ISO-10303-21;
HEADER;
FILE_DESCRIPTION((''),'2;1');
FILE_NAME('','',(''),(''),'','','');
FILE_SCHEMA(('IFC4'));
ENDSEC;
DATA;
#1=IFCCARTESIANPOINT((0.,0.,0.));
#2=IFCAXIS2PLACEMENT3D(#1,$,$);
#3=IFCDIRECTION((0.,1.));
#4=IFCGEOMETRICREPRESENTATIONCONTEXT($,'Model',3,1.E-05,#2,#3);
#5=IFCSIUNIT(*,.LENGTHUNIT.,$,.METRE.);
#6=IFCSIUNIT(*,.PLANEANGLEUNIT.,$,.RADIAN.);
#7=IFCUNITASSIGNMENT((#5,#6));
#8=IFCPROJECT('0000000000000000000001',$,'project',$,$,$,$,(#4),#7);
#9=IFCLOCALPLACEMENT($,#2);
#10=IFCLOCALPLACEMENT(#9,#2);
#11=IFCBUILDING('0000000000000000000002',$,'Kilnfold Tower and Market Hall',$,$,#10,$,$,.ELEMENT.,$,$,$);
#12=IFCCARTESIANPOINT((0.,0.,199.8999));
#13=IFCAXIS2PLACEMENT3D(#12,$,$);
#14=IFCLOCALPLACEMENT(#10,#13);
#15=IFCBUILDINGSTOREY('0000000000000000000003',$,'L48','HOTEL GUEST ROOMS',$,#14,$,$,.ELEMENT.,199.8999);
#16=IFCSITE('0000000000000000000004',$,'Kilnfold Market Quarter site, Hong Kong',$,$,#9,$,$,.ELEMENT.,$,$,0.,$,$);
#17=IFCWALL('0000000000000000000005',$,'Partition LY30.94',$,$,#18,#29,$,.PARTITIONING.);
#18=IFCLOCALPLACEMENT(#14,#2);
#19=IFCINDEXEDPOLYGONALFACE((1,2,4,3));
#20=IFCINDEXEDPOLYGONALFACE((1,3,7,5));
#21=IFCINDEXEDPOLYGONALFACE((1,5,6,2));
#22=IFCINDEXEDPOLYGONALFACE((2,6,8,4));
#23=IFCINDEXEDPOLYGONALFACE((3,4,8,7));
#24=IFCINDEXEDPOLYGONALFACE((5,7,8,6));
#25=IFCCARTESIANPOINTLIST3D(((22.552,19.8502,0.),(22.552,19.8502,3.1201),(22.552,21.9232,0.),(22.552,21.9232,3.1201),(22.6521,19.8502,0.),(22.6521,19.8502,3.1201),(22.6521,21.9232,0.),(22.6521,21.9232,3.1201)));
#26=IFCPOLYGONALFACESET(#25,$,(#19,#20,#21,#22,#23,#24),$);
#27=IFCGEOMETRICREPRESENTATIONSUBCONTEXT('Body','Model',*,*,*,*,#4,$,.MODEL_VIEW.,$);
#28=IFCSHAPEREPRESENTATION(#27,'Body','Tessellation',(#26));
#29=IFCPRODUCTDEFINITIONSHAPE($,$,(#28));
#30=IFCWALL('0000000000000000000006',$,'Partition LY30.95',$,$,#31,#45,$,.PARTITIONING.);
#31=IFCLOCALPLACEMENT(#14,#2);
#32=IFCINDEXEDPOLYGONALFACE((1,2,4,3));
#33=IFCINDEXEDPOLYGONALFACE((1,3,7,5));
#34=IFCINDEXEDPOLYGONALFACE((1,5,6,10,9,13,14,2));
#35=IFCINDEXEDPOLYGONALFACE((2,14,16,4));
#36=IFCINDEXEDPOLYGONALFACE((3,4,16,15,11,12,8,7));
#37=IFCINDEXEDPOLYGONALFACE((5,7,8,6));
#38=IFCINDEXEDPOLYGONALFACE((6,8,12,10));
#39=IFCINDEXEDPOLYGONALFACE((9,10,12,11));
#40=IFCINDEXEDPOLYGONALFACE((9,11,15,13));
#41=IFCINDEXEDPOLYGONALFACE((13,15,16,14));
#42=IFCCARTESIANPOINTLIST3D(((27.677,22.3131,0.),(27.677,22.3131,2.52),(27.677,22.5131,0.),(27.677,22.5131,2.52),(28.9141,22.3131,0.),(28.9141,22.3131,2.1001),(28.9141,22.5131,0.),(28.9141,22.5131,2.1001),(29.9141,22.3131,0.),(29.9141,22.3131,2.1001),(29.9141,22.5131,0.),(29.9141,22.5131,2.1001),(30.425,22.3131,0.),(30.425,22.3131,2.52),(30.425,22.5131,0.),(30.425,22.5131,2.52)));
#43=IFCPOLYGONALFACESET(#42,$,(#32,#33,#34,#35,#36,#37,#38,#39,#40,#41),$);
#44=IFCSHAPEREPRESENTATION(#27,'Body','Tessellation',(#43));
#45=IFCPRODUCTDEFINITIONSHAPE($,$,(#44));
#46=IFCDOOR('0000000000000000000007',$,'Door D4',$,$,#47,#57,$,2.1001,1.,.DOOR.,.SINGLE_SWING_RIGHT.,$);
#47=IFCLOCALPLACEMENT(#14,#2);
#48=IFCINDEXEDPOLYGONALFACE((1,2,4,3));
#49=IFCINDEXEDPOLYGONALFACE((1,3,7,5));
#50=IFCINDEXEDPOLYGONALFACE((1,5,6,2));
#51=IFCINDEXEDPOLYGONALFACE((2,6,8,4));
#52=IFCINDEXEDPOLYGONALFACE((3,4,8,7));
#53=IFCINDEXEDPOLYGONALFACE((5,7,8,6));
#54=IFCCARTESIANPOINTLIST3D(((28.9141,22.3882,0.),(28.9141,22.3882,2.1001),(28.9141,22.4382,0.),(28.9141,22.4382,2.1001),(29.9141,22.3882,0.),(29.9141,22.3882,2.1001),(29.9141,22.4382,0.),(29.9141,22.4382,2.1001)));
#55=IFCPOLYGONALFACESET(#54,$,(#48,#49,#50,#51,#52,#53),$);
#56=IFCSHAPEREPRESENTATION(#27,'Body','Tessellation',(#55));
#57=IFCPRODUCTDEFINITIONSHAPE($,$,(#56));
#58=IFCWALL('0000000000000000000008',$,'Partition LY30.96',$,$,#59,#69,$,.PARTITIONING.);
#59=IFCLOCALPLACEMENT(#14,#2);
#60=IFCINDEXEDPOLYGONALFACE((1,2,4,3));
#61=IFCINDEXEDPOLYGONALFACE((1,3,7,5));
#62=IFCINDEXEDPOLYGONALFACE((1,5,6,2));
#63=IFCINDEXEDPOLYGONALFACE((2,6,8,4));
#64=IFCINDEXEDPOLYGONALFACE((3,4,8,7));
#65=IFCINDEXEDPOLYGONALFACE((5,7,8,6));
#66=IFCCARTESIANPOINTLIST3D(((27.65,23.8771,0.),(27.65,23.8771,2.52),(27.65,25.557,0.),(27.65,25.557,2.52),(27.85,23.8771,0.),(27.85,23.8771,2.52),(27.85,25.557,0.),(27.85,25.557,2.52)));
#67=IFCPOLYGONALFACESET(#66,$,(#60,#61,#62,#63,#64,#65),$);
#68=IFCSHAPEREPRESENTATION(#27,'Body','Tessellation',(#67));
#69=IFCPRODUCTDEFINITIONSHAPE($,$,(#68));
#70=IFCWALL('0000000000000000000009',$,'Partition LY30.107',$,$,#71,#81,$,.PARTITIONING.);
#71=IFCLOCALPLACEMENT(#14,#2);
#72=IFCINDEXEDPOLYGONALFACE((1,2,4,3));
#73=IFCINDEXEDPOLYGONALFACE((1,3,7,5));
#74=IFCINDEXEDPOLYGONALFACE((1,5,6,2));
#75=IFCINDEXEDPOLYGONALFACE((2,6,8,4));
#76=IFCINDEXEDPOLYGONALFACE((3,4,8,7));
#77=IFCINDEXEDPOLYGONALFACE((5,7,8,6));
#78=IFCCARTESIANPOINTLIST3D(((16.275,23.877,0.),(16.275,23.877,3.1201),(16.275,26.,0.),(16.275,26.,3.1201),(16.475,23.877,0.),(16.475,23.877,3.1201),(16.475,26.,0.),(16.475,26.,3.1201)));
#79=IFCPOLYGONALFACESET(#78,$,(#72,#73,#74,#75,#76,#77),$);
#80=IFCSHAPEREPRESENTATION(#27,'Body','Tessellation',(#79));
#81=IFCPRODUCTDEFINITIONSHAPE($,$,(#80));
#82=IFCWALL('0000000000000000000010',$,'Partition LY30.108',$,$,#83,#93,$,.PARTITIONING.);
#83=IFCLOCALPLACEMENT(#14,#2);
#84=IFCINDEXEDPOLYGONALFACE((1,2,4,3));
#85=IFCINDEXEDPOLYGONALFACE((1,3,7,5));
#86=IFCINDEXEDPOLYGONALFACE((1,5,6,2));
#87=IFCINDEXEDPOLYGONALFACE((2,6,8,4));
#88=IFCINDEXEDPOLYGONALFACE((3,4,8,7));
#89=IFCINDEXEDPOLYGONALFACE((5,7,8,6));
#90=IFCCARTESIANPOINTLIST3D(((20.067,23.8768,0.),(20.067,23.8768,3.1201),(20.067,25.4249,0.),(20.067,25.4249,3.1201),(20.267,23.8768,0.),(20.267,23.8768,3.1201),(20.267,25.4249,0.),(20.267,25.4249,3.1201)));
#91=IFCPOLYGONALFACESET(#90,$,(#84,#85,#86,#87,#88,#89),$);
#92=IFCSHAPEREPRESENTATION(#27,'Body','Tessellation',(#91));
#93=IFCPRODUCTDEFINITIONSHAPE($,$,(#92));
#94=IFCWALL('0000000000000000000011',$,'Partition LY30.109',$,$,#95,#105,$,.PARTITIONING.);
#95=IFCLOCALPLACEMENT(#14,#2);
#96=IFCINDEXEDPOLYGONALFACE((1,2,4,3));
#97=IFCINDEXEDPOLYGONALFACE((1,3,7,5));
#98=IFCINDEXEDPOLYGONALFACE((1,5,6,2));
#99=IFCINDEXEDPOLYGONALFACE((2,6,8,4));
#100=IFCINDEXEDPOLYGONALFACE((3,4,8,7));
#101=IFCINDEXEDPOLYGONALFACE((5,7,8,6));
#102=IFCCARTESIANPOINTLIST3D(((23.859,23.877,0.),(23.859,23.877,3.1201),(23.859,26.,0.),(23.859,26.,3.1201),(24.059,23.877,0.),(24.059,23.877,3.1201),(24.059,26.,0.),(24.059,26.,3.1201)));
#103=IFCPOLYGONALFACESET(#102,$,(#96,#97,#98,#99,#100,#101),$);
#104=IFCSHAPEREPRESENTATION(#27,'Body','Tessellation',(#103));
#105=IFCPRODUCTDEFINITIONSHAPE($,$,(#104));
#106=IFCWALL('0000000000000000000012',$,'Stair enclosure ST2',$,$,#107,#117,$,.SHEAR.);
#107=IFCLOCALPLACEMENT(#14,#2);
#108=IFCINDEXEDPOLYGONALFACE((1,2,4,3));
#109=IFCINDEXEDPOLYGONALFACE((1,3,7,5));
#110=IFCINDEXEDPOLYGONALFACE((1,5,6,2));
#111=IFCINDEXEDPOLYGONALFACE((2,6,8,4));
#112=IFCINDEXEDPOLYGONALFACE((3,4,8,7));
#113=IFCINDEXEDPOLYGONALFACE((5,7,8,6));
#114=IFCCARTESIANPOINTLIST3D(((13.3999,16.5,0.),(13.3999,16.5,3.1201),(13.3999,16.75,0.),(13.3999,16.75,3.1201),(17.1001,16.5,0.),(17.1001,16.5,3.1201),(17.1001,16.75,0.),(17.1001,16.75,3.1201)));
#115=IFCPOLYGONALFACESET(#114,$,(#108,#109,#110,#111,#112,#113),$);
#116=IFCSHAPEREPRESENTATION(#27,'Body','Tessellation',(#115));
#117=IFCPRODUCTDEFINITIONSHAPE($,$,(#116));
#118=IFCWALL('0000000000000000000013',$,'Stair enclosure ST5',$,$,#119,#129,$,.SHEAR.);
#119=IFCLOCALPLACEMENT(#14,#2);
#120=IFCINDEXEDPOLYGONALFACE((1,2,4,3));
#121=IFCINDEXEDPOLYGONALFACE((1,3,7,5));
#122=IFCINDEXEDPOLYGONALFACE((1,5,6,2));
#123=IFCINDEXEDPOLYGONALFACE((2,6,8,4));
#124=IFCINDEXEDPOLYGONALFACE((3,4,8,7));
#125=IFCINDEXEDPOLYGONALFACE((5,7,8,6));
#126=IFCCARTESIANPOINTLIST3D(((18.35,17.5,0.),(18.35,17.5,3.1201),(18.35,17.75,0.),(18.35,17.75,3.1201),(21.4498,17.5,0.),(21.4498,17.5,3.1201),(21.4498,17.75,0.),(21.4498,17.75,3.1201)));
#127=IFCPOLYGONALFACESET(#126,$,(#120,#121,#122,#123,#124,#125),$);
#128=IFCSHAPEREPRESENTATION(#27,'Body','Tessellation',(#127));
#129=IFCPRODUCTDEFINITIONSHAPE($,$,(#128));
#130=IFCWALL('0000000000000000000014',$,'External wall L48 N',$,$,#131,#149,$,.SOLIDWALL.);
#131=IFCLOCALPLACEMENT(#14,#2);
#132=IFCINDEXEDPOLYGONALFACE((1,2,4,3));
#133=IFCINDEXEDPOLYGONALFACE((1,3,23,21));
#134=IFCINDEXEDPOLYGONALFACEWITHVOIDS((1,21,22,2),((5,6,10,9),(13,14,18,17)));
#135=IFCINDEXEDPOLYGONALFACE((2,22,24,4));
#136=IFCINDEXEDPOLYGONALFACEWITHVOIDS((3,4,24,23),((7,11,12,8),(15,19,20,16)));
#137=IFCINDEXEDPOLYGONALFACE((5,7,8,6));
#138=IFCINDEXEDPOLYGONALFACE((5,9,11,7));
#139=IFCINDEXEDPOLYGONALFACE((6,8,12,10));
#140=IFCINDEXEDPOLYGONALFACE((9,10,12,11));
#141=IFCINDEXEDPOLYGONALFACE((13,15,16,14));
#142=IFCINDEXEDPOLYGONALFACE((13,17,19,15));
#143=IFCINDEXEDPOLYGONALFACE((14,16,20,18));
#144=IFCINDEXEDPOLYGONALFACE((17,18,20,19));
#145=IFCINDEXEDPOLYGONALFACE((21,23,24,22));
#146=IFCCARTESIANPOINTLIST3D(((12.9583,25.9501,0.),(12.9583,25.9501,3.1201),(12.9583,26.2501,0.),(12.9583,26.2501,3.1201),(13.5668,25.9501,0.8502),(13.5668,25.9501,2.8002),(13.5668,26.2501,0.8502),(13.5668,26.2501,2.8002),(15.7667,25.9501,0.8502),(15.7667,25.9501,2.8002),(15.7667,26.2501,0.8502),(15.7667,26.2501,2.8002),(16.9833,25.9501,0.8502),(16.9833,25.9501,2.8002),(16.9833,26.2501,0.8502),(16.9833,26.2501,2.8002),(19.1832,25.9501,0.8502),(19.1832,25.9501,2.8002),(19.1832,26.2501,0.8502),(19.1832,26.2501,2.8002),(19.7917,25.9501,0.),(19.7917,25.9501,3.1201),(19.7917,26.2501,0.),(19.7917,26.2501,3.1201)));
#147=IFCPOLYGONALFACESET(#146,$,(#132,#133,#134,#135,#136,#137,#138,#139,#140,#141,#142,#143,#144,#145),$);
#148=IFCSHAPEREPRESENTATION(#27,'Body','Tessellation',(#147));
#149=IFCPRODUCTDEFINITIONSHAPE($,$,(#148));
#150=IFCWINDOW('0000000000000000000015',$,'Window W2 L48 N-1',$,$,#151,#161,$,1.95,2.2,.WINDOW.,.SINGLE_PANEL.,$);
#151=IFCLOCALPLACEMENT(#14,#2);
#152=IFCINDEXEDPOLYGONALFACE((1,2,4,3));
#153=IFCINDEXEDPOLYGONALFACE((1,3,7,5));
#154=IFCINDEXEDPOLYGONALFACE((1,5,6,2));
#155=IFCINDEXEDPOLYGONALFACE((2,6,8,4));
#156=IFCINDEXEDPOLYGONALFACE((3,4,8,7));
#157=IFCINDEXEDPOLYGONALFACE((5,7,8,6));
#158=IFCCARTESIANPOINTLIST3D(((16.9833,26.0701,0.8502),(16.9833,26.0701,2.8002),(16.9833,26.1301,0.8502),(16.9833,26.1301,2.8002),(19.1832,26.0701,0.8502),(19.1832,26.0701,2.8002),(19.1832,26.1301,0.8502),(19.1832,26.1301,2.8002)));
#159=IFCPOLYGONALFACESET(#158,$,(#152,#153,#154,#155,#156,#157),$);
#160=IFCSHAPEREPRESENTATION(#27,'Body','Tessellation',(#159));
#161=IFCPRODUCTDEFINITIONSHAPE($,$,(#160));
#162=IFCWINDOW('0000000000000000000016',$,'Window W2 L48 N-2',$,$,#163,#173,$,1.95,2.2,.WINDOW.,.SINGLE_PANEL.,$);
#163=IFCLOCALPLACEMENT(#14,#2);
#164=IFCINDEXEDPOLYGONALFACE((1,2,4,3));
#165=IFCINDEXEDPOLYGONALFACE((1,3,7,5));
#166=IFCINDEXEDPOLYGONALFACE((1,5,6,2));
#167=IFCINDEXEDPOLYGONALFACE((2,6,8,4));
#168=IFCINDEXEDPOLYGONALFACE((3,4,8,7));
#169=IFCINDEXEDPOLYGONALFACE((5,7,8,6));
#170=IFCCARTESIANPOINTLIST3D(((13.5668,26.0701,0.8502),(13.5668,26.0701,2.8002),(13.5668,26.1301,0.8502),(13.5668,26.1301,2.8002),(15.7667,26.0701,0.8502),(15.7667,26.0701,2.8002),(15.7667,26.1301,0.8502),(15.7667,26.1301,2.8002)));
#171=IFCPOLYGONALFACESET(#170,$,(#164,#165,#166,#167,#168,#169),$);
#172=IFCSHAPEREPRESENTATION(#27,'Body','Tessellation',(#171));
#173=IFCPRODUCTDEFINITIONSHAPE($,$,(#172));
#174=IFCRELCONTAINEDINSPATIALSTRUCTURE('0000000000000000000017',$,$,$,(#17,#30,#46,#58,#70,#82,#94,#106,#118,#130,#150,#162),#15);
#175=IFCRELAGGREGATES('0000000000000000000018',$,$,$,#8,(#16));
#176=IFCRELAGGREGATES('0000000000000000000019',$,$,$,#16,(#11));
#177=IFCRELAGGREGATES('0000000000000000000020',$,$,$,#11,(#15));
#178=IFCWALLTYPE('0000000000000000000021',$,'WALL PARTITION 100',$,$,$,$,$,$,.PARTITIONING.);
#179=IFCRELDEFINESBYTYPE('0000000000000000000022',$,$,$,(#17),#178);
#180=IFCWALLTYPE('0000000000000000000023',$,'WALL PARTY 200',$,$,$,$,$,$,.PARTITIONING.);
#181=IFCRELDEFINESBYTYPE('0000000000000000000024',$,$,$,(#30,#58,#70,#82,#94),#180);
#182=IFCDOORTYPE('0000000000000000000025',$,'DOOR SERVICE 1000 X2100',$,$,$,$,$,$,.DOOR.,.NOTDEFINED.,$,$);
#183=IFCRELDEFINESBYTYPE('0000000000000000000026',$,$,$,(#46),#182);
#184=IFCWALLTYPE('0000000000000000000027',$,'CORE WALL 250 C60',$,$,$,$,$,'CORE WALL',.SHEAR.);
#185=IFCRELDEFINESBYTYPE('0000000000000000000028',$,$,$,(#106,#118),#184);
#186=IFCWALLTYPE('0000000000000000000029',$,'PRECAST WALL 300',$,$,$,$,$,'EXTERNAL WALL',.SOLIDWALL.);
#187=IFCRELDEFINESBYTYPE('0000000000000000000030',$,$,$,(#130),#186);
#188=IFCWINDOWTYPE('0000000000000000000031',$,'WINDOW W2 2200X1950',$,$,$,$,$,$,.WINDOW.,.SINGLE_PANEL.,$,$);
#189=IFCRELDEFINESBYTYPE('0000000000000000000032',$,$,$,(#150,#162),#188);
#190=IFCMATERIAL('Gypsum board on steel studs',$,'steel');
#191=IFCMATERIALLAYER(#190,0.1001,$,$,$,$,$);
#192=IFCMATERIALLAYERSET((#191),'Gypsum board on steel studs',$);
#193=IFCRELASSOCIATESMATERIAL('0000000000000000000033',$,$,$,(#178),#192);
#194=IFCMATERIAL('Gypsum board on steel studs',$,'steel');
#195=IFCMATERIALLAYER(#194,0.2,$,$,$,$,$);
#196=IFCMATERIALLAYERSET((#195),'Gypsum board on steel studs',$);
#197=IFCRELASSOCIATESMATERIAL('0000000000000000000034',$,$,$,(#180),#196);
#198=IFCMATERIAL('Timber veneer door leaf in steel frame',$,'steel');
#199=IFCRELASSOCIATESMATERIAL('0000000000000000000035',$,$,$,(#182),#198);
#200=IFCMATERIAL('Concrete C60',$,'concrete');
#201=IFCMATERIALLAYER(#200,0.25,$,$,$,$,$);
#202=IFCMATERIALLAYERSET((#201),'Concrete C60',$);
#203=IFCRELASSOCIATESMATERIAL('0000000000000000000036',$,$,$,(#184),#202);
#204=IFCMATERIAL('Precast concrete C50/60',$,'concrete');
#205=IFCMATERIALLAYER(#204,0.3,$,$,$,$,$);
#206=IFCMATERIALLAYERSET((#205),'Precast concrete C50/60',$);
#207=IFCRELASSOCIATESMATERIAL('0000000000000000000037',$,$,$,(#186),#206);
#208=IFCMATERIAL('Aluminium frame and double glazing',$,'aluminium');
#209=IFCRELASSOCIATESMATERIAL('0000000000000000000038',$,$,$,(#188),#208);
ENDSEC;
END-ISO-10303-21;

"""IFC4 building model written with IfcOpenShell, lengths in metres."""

from ifc_helpers import new_model, si_unit, direction, frame, frame_2d, origin, place, context, subcontext, project, spatial, rectangle, extrude, source, transform, mapped, material, layer, layer_set, type_object, element, fill, save


model = new_model("IFC4")

# Units and contexts
model_context = context("Model", 3, precision=1e-05, world=origin(), true_north=direction((0.0, 1.0)))
body_context = subcontext(model_context, "Body", "Model", "MODEL_VIEW")
ifc_project = project(units=[si_unit("LENGTHUNIT", "METRE"), si_unit("PLANEANGLEUNIT", "RADIAN")], contexts=[model_context])

# Site, building, storey
site_placement = place(None, origin())
site = spatial("IfcSite", under=ifc_project, at=site_placement, Name="Kilnfold Market Quarter site, Hong Kong", CompositionType="ELEMENT", RefElevation=0.0)
building_placement = place(site_placement, origin())
building = spatial("IfcBuilding", under=site, at=building_placement, Name="Kilnfold Tower and Market Hall", CompositionType="ELEMENT")
storey_placement = place(building_placement, frame((0.0, 0.0, 199.8999)))
storey = spatial("IfcBuildingStorey", under=building, at=storey_placement, Name="L48", Description="HOTEL GUEST ROOMS", CompositionType="ELEMENT", Elevation=199.8999)

# Shared definitions
ifc_material_1 = material(Name="Gypsum board on steel studs", Category="steel")
ifc_layer_1 = layer(ifc_material_1, 0.1001)
ifc_layer_set_1 = layer_set([ifc_layer_1], Name="Gypsum board on steel studs")
wall_type_1 = type_object("IfcWallType", Name="WALL PARTITION 100", PredefinedType="PARTITIONING", material=ifc_layer_set_1)

# Wall
wall_1_placement = place(storey_placement, frame((22.6021, 19.8501, 0.0), z_axis=(0.0, 0.0, 1.0), x_axis=(0.0, 1.0, 0.0)))
element("IfcWall", 1, at=wall_1_placement, inside=storey, type_object=wall_type_1, Name="Partition LY30.94", PredefinedType="PARTITIONING", context=body_context, shape_type="SweptSolid", body=[
    extrude(rectangle(XDim=2.073, YDim=0.1001, at=frame_2d((1.0366, 0.0))), origin(), (0.0, 0.0, 1.0), 3.1201),
])

# Wall, opening, door
ifc_material_2 = material(Name="Gypsum board on steel studs", Category="steel")
ifc_layer_2 = layer(ifc_material_2, 0.2)
ifc_layer_set_2 = layer_set([ifc_layer_2], Name="Gypsum board on steel studs")
wall_type_2 = type_object("IfcWallType", Name="WALL PARTY 200", PredefinedType="PARTITIONING", material=ifc_layer_set_2)
wall_2_placement = place(storey_placement, frame((30.425, 22.4131, 0.0), z_axis=(0.0, 0.0, 1.0), x_axis=(-1.0, 0.0, 0.0)))
wall_2 = element("IfcWall", 2, at=wall_2_placement, inside=storey, type_object=wall_type_2, Name="Partition LY30.95", PredefinedType="PARTITIONING", context=body_context, shape_type="SweptSolid", body=[
    extrude(rectangle(XDim=2.748, YDim=0.2, at=frame_2d((1.374, 0.0))), origin(), (0.0, 0.0, 1.0), 2.52),
])
opening_1_placement = place(wall_2_placement, frame((0.511, 0.0, 0.0)))
opening_1 = element("IfcOpeningElement", 3, at=opening_1_placement, cuts=wall_2, PredefinedType="OPENING", context=body_context, shape_type="SweptSolid", body=[
    extrude(rectangle(XDim=1.0, YDim=2.1001, at=frame_2d((0.5, 1.05))), frame((0.0, 0.1099, 0.0), z_axis=(0.0, -1.0, 0.0), x_axis=(1.0, 0.0, 0.0)), (0.0, 0.0, 1.0), 0.22),
])
ifc_material_3 = material(Name="Timber veneer door leaf in steel frame", Category="steel")
door_type_1 = type_object("IfcDoorType", Name="DOOR SERVICE 1000 X2100", OperationType="NOTDEFINED", PredefinedType="DOOR", material=ifc_material_3)
door_1_placement = place(opening_1_placement, origin())
door_1 = element("IfcDoor", 4, at=door_1_placement, inside=storey, type_object=door_type_1, Name="Door D4", OperationType="SINGLE_SWING_RIGHT", OverallHeight=2.1001, OverallWidth=1.0, PredefinedType="DOOR", context=body_context, shape_type="SweptSolid", body=[
    extrude(rectangle(XDim=1.0, YDim=2.1001, at=frame_2d((0.5, 1.05))), frame((0.0, 0.0249, 0.0), z_axis=(0.0, -1.0, 0.0), x_axis=(1.0, 0.0, 0.0)), (0.0, 0.0, 1.0), 0.05),
])
fill(opening_1, door_1)

# Walls
wall_3_placement = place(storey_placement, frame((27.75, 25.5569, 0.0), z_axis=(0.0, 0.0, 1.0), x_axis=(0.0, -1.0, 0.0)))
element("IfcWall", 5, at=wall_3_placement, inside=storey, type_object=wall_type_2, Name="Partition LY30.96", PredefinedType="PARTITIONING", context=body_context, shape_type="SweptSolid", body=[
    extrude(rectangle(XDim=1.6799, YDim=0.2, at=frame_2d((0.8398, 0.0))), origin(), (0.0, 0.0, 1.0), 2.52),
])
wall_4_placement = place(storey_placement, frame((16.375, 23.877, 0.0), z_axis=(0.0, 0.0, 1.0), x_axis=(0.0, 1.0, 0.0)))
element("IfcWall", 6, at=wall_4_placement, inside=storey, type_object=wall_type_2, Name="Partition LY30.107", PredefinedType="PARTITIONING", context=body_context, shape_type="SweptSolid", body=[
    extrude(rectangle(XDim=2.123, YDim=0.2, at=frame_2d((1.0615, 0.0))), origin(), (0.0, 0.0, 1.0), 3.1201),
])
wall_5_placement = place(storey_placement, frame((20.167, 23.877, 0.0), z_axis=(0.0, 0.0, 1.0), x_axis=(0.0, 1.0, 0.0)))
element("IfcWall", 7, at=wall_5_placement, inside=storey, type_object=wall_type_2, Name="Partition LY30.108", PredefinedType="PARTITIONING", context=body_context, shape_type="SweptSolid", body=[
    extrude(rectangle(XDim=1.5481, YDim=0.2, at=frame_2d((0.7739, 0.0))), origin(), (0.0, 0.0, 1.0), 3.1201),
])
wall_6_placement = place(storey_placement, frame((23.959, 23.877, 0.0), z_axis=(0.0, 0.0, 1.0), x_axis=(0.0, 1.0, 0.0)))
element("IfcWall", 8, at=wall_6_placement, inside=storey, type_object=wall_type_2, Name="Partition LY30.109", PredefinedType="PARTITIONING", context=body_context, shape_type="SweptSolid", body=[
    extrude(rectangle(XDim=2.123, YDim=0.2, at=frame_2d((1.0615, 0.0))), origin(), (0.0, 0.0, 1.0), 3.1201),
])
ifc_material_4 = material(Name="Concrete C60", Category="concrete")
ifc_layer_3 = layer(ifc_material_4, 0.25)
ifc_layer_set_3 = layer_set([ifc_layer_3], Name="Concrete C60")
wall_type_3 = type_object("IfcWallType", Name="CORE WALL 250 C60", ElementType="CORE WALL", PredefinedType="SHEAR", material=ifc_layer_set_3)
shared_shape_1 = source(origin(), body_context, "Body", "SweptSolid", [
    extrude(rectangle(XDim=3.7002, YDim=0.25, at=frame_2d((1.8501, 0.0))), origin(), (0.0, 0.0, 1.0), 3.1201),
])
wall_7_placement = place(storey_placement, frame((13.3999, 16.625, 0.0), z_axis=(0.0, 0.0, 1.0), x_axis=(1.0, 0.0, 0.0)))
element("IfcWall", 9, at=wall_7_placement, inside=storey, type_object=wall_type_3, Name="Stair enclosure ST2", PredefinedType="SHEAR", context=body_context, shape_type="MappedRepresentation", body=[
    mapped(shared_shape_1, transform((0.0, 0.0, 0.0))),
])
shared_shape_2 = source(origin(), body_context, "Body", "SweptSolid", [
    extrude(rectangle(XDim=3.0999, YDim=0.25, at=frame_2d((1.5498, 0.0))), origin(), (0.0, 0.0, 1.0), 3.1201),
])
wall_8_placement = place(storey_placement, frame((18.3501, 17.625, 0.0), z_axis=(0.0, 0.0, 1.0), x_axis=(1.0, 0.0, 0.0)))
element("IfcWall", 10, at=wall_8_placement, inside=storey, type_object=wall_type_3, Name="Stair enclosure ST5", PredefinedType="SHEAR", context=body_context, shape_type="MappedRepresentation", body=[
    mapped(shared_shape_2, transform((0.0, 0.0, 0.0))),
])

# Wall, openings, windows
ifc_material_5 = material(Name="Precast concrete C50/60", Category="concrete")
ifc_layer_4 = layer(ifc_material_5, 0.3)
ifc_layer_set_4 = layer_set([ifc_layer_4], Name="Precast concrete C50/60")
wall_type_4 = type_object("IfcWallType", Name="PRECAST WALL 300", ElementType="EXTERNAL WALL", PredefinedType="SOLIDWALL", material=ifc_layer_set_4)
shared_shape_3 = source(origin(), body_context, "Body", "SweptSolid", [
    extrude(rectangle(XDim=6.8335, YDim=0.3, at=frame_2d((3.4167, 0.0))), origin(), (0.0, 0.0, 1.0), 3.1201),
])
wall_9_placement = place(storey_placement, frame((19.7917, 26.1001, 0.0), z_axis=(0.0, 0.0, 1.0), x_axis=(-1.0, 0.0, 0.0)))
wall_9 = element("IfcWall", 11, at=wall_9_placement, inside=storey, type_object=wall_type_4, Name="External wall L48 N", PredefinedType="SOLIDWALL", context=body_context, shape_type="MappedRepresentation", body=[
    mapped(shared_shape_3, transform((0.0, 0.0, 0.0))),
])
opening_2_placement = place(wall_9_placement, frame((0.6084, 0.0, 0.8501)))
opening_2 = element("IfcOpeningElement", 12, at=opening_2_placement, cuts=wall_9, PredefinedType="OPENING", context=body_context, shape_type="SweptSolid", body=[
    extrude(rectangle(XDim=2.2, YDim=1.95, at=frame_2d((1.1001, 0.9751))), frame((0.0, 0.1602, 0.0), z_axis=(0.0, -1.0, 0.0), x_axis=(1.0, 0.0, 0.0)), (0.0, 0.0, 1.0), 0.3201),
])
opening_3_placement = place(wall_9_placement, frame((4.0249, 0.0, 0.8501)))
opening_3 = element("IfcOpeningElement", 13, at=opening_3_placement, cuts=wall_9, PredefinedType="OPENING", context=body_context, shape_type="SweptSolid", body=[
    extrude(rectangle(XDim=2.2, YDim=1.95, at=frame_2d((1.1001, 0.9751))), frame((0.0, 0.1602, 0.0), z_axis=(0.0, -1.0, 0.0), x_axis=(1.0, 0.0, 0.0)), (0.0, 0.0, 1.0), 0.3201),
])
ifc_material_6 = material(Name="Aluminium frame and double glazing", Category="aluminium")
window_type = type_object("IfcWindowType", Name="WINDOW W2 2200X1950", PartitioningType="SINGLE_PANEL", PredefinedType="WINDOW", material=ifc_material_6)
window_1_placement = place(opening_2_placement, origin())
window_1 = element("IfcWindow", 14, at=window_1_placement, inside=storey, type_object=window_type, Name="Window W2 L48 N-1", OverallHeight=1.95, OverallWidth=2.2, PartitioningType="SINGLE_PANEL", PredefinedType="WINDOW", context=body_context, shape_type="SweptSolid", body=[
    extrude(rectangle(XDim=2.2, YDim=1.95, at=frame_2d((1.1001, 0.9751))), frame((0.0, 0.03, 0.0), z_axis=(0.0, -1.0, 0.0), x_axis=(1.0, 0.0, 0.0)), (0.0, 0.0, 1.0), 0.0601),
])
fill(opening_2, window_1)
window_2_placement = place(opening_3_placement, origin())
window_2 = element("IfcWindow", 15, at=window_2_placement, inside=storey, type_object=window_type, Name="Window W2 L48 N-2", OverallHeight=1.95, OverallWidth=2.2, PartitioningType="SINGLE_PANEL", PredefinedType="WINDOW", context=body_context, shape_type="SweptSolid", body=[
    extrude(rectangle(XDim=2.2, YDim=1.95, at=frame_2d((1.1001, 0.9751))), frame((0.0, 0.03, 0.0), z_axis=(0.0, -1.0, 0.0), x_axis=(1.0, 0.0, 0.0)), (0.0, 0.0, 1.0), 0.0601),
])
fill(opening_3, window_2)

save(model, "model.ifc")
